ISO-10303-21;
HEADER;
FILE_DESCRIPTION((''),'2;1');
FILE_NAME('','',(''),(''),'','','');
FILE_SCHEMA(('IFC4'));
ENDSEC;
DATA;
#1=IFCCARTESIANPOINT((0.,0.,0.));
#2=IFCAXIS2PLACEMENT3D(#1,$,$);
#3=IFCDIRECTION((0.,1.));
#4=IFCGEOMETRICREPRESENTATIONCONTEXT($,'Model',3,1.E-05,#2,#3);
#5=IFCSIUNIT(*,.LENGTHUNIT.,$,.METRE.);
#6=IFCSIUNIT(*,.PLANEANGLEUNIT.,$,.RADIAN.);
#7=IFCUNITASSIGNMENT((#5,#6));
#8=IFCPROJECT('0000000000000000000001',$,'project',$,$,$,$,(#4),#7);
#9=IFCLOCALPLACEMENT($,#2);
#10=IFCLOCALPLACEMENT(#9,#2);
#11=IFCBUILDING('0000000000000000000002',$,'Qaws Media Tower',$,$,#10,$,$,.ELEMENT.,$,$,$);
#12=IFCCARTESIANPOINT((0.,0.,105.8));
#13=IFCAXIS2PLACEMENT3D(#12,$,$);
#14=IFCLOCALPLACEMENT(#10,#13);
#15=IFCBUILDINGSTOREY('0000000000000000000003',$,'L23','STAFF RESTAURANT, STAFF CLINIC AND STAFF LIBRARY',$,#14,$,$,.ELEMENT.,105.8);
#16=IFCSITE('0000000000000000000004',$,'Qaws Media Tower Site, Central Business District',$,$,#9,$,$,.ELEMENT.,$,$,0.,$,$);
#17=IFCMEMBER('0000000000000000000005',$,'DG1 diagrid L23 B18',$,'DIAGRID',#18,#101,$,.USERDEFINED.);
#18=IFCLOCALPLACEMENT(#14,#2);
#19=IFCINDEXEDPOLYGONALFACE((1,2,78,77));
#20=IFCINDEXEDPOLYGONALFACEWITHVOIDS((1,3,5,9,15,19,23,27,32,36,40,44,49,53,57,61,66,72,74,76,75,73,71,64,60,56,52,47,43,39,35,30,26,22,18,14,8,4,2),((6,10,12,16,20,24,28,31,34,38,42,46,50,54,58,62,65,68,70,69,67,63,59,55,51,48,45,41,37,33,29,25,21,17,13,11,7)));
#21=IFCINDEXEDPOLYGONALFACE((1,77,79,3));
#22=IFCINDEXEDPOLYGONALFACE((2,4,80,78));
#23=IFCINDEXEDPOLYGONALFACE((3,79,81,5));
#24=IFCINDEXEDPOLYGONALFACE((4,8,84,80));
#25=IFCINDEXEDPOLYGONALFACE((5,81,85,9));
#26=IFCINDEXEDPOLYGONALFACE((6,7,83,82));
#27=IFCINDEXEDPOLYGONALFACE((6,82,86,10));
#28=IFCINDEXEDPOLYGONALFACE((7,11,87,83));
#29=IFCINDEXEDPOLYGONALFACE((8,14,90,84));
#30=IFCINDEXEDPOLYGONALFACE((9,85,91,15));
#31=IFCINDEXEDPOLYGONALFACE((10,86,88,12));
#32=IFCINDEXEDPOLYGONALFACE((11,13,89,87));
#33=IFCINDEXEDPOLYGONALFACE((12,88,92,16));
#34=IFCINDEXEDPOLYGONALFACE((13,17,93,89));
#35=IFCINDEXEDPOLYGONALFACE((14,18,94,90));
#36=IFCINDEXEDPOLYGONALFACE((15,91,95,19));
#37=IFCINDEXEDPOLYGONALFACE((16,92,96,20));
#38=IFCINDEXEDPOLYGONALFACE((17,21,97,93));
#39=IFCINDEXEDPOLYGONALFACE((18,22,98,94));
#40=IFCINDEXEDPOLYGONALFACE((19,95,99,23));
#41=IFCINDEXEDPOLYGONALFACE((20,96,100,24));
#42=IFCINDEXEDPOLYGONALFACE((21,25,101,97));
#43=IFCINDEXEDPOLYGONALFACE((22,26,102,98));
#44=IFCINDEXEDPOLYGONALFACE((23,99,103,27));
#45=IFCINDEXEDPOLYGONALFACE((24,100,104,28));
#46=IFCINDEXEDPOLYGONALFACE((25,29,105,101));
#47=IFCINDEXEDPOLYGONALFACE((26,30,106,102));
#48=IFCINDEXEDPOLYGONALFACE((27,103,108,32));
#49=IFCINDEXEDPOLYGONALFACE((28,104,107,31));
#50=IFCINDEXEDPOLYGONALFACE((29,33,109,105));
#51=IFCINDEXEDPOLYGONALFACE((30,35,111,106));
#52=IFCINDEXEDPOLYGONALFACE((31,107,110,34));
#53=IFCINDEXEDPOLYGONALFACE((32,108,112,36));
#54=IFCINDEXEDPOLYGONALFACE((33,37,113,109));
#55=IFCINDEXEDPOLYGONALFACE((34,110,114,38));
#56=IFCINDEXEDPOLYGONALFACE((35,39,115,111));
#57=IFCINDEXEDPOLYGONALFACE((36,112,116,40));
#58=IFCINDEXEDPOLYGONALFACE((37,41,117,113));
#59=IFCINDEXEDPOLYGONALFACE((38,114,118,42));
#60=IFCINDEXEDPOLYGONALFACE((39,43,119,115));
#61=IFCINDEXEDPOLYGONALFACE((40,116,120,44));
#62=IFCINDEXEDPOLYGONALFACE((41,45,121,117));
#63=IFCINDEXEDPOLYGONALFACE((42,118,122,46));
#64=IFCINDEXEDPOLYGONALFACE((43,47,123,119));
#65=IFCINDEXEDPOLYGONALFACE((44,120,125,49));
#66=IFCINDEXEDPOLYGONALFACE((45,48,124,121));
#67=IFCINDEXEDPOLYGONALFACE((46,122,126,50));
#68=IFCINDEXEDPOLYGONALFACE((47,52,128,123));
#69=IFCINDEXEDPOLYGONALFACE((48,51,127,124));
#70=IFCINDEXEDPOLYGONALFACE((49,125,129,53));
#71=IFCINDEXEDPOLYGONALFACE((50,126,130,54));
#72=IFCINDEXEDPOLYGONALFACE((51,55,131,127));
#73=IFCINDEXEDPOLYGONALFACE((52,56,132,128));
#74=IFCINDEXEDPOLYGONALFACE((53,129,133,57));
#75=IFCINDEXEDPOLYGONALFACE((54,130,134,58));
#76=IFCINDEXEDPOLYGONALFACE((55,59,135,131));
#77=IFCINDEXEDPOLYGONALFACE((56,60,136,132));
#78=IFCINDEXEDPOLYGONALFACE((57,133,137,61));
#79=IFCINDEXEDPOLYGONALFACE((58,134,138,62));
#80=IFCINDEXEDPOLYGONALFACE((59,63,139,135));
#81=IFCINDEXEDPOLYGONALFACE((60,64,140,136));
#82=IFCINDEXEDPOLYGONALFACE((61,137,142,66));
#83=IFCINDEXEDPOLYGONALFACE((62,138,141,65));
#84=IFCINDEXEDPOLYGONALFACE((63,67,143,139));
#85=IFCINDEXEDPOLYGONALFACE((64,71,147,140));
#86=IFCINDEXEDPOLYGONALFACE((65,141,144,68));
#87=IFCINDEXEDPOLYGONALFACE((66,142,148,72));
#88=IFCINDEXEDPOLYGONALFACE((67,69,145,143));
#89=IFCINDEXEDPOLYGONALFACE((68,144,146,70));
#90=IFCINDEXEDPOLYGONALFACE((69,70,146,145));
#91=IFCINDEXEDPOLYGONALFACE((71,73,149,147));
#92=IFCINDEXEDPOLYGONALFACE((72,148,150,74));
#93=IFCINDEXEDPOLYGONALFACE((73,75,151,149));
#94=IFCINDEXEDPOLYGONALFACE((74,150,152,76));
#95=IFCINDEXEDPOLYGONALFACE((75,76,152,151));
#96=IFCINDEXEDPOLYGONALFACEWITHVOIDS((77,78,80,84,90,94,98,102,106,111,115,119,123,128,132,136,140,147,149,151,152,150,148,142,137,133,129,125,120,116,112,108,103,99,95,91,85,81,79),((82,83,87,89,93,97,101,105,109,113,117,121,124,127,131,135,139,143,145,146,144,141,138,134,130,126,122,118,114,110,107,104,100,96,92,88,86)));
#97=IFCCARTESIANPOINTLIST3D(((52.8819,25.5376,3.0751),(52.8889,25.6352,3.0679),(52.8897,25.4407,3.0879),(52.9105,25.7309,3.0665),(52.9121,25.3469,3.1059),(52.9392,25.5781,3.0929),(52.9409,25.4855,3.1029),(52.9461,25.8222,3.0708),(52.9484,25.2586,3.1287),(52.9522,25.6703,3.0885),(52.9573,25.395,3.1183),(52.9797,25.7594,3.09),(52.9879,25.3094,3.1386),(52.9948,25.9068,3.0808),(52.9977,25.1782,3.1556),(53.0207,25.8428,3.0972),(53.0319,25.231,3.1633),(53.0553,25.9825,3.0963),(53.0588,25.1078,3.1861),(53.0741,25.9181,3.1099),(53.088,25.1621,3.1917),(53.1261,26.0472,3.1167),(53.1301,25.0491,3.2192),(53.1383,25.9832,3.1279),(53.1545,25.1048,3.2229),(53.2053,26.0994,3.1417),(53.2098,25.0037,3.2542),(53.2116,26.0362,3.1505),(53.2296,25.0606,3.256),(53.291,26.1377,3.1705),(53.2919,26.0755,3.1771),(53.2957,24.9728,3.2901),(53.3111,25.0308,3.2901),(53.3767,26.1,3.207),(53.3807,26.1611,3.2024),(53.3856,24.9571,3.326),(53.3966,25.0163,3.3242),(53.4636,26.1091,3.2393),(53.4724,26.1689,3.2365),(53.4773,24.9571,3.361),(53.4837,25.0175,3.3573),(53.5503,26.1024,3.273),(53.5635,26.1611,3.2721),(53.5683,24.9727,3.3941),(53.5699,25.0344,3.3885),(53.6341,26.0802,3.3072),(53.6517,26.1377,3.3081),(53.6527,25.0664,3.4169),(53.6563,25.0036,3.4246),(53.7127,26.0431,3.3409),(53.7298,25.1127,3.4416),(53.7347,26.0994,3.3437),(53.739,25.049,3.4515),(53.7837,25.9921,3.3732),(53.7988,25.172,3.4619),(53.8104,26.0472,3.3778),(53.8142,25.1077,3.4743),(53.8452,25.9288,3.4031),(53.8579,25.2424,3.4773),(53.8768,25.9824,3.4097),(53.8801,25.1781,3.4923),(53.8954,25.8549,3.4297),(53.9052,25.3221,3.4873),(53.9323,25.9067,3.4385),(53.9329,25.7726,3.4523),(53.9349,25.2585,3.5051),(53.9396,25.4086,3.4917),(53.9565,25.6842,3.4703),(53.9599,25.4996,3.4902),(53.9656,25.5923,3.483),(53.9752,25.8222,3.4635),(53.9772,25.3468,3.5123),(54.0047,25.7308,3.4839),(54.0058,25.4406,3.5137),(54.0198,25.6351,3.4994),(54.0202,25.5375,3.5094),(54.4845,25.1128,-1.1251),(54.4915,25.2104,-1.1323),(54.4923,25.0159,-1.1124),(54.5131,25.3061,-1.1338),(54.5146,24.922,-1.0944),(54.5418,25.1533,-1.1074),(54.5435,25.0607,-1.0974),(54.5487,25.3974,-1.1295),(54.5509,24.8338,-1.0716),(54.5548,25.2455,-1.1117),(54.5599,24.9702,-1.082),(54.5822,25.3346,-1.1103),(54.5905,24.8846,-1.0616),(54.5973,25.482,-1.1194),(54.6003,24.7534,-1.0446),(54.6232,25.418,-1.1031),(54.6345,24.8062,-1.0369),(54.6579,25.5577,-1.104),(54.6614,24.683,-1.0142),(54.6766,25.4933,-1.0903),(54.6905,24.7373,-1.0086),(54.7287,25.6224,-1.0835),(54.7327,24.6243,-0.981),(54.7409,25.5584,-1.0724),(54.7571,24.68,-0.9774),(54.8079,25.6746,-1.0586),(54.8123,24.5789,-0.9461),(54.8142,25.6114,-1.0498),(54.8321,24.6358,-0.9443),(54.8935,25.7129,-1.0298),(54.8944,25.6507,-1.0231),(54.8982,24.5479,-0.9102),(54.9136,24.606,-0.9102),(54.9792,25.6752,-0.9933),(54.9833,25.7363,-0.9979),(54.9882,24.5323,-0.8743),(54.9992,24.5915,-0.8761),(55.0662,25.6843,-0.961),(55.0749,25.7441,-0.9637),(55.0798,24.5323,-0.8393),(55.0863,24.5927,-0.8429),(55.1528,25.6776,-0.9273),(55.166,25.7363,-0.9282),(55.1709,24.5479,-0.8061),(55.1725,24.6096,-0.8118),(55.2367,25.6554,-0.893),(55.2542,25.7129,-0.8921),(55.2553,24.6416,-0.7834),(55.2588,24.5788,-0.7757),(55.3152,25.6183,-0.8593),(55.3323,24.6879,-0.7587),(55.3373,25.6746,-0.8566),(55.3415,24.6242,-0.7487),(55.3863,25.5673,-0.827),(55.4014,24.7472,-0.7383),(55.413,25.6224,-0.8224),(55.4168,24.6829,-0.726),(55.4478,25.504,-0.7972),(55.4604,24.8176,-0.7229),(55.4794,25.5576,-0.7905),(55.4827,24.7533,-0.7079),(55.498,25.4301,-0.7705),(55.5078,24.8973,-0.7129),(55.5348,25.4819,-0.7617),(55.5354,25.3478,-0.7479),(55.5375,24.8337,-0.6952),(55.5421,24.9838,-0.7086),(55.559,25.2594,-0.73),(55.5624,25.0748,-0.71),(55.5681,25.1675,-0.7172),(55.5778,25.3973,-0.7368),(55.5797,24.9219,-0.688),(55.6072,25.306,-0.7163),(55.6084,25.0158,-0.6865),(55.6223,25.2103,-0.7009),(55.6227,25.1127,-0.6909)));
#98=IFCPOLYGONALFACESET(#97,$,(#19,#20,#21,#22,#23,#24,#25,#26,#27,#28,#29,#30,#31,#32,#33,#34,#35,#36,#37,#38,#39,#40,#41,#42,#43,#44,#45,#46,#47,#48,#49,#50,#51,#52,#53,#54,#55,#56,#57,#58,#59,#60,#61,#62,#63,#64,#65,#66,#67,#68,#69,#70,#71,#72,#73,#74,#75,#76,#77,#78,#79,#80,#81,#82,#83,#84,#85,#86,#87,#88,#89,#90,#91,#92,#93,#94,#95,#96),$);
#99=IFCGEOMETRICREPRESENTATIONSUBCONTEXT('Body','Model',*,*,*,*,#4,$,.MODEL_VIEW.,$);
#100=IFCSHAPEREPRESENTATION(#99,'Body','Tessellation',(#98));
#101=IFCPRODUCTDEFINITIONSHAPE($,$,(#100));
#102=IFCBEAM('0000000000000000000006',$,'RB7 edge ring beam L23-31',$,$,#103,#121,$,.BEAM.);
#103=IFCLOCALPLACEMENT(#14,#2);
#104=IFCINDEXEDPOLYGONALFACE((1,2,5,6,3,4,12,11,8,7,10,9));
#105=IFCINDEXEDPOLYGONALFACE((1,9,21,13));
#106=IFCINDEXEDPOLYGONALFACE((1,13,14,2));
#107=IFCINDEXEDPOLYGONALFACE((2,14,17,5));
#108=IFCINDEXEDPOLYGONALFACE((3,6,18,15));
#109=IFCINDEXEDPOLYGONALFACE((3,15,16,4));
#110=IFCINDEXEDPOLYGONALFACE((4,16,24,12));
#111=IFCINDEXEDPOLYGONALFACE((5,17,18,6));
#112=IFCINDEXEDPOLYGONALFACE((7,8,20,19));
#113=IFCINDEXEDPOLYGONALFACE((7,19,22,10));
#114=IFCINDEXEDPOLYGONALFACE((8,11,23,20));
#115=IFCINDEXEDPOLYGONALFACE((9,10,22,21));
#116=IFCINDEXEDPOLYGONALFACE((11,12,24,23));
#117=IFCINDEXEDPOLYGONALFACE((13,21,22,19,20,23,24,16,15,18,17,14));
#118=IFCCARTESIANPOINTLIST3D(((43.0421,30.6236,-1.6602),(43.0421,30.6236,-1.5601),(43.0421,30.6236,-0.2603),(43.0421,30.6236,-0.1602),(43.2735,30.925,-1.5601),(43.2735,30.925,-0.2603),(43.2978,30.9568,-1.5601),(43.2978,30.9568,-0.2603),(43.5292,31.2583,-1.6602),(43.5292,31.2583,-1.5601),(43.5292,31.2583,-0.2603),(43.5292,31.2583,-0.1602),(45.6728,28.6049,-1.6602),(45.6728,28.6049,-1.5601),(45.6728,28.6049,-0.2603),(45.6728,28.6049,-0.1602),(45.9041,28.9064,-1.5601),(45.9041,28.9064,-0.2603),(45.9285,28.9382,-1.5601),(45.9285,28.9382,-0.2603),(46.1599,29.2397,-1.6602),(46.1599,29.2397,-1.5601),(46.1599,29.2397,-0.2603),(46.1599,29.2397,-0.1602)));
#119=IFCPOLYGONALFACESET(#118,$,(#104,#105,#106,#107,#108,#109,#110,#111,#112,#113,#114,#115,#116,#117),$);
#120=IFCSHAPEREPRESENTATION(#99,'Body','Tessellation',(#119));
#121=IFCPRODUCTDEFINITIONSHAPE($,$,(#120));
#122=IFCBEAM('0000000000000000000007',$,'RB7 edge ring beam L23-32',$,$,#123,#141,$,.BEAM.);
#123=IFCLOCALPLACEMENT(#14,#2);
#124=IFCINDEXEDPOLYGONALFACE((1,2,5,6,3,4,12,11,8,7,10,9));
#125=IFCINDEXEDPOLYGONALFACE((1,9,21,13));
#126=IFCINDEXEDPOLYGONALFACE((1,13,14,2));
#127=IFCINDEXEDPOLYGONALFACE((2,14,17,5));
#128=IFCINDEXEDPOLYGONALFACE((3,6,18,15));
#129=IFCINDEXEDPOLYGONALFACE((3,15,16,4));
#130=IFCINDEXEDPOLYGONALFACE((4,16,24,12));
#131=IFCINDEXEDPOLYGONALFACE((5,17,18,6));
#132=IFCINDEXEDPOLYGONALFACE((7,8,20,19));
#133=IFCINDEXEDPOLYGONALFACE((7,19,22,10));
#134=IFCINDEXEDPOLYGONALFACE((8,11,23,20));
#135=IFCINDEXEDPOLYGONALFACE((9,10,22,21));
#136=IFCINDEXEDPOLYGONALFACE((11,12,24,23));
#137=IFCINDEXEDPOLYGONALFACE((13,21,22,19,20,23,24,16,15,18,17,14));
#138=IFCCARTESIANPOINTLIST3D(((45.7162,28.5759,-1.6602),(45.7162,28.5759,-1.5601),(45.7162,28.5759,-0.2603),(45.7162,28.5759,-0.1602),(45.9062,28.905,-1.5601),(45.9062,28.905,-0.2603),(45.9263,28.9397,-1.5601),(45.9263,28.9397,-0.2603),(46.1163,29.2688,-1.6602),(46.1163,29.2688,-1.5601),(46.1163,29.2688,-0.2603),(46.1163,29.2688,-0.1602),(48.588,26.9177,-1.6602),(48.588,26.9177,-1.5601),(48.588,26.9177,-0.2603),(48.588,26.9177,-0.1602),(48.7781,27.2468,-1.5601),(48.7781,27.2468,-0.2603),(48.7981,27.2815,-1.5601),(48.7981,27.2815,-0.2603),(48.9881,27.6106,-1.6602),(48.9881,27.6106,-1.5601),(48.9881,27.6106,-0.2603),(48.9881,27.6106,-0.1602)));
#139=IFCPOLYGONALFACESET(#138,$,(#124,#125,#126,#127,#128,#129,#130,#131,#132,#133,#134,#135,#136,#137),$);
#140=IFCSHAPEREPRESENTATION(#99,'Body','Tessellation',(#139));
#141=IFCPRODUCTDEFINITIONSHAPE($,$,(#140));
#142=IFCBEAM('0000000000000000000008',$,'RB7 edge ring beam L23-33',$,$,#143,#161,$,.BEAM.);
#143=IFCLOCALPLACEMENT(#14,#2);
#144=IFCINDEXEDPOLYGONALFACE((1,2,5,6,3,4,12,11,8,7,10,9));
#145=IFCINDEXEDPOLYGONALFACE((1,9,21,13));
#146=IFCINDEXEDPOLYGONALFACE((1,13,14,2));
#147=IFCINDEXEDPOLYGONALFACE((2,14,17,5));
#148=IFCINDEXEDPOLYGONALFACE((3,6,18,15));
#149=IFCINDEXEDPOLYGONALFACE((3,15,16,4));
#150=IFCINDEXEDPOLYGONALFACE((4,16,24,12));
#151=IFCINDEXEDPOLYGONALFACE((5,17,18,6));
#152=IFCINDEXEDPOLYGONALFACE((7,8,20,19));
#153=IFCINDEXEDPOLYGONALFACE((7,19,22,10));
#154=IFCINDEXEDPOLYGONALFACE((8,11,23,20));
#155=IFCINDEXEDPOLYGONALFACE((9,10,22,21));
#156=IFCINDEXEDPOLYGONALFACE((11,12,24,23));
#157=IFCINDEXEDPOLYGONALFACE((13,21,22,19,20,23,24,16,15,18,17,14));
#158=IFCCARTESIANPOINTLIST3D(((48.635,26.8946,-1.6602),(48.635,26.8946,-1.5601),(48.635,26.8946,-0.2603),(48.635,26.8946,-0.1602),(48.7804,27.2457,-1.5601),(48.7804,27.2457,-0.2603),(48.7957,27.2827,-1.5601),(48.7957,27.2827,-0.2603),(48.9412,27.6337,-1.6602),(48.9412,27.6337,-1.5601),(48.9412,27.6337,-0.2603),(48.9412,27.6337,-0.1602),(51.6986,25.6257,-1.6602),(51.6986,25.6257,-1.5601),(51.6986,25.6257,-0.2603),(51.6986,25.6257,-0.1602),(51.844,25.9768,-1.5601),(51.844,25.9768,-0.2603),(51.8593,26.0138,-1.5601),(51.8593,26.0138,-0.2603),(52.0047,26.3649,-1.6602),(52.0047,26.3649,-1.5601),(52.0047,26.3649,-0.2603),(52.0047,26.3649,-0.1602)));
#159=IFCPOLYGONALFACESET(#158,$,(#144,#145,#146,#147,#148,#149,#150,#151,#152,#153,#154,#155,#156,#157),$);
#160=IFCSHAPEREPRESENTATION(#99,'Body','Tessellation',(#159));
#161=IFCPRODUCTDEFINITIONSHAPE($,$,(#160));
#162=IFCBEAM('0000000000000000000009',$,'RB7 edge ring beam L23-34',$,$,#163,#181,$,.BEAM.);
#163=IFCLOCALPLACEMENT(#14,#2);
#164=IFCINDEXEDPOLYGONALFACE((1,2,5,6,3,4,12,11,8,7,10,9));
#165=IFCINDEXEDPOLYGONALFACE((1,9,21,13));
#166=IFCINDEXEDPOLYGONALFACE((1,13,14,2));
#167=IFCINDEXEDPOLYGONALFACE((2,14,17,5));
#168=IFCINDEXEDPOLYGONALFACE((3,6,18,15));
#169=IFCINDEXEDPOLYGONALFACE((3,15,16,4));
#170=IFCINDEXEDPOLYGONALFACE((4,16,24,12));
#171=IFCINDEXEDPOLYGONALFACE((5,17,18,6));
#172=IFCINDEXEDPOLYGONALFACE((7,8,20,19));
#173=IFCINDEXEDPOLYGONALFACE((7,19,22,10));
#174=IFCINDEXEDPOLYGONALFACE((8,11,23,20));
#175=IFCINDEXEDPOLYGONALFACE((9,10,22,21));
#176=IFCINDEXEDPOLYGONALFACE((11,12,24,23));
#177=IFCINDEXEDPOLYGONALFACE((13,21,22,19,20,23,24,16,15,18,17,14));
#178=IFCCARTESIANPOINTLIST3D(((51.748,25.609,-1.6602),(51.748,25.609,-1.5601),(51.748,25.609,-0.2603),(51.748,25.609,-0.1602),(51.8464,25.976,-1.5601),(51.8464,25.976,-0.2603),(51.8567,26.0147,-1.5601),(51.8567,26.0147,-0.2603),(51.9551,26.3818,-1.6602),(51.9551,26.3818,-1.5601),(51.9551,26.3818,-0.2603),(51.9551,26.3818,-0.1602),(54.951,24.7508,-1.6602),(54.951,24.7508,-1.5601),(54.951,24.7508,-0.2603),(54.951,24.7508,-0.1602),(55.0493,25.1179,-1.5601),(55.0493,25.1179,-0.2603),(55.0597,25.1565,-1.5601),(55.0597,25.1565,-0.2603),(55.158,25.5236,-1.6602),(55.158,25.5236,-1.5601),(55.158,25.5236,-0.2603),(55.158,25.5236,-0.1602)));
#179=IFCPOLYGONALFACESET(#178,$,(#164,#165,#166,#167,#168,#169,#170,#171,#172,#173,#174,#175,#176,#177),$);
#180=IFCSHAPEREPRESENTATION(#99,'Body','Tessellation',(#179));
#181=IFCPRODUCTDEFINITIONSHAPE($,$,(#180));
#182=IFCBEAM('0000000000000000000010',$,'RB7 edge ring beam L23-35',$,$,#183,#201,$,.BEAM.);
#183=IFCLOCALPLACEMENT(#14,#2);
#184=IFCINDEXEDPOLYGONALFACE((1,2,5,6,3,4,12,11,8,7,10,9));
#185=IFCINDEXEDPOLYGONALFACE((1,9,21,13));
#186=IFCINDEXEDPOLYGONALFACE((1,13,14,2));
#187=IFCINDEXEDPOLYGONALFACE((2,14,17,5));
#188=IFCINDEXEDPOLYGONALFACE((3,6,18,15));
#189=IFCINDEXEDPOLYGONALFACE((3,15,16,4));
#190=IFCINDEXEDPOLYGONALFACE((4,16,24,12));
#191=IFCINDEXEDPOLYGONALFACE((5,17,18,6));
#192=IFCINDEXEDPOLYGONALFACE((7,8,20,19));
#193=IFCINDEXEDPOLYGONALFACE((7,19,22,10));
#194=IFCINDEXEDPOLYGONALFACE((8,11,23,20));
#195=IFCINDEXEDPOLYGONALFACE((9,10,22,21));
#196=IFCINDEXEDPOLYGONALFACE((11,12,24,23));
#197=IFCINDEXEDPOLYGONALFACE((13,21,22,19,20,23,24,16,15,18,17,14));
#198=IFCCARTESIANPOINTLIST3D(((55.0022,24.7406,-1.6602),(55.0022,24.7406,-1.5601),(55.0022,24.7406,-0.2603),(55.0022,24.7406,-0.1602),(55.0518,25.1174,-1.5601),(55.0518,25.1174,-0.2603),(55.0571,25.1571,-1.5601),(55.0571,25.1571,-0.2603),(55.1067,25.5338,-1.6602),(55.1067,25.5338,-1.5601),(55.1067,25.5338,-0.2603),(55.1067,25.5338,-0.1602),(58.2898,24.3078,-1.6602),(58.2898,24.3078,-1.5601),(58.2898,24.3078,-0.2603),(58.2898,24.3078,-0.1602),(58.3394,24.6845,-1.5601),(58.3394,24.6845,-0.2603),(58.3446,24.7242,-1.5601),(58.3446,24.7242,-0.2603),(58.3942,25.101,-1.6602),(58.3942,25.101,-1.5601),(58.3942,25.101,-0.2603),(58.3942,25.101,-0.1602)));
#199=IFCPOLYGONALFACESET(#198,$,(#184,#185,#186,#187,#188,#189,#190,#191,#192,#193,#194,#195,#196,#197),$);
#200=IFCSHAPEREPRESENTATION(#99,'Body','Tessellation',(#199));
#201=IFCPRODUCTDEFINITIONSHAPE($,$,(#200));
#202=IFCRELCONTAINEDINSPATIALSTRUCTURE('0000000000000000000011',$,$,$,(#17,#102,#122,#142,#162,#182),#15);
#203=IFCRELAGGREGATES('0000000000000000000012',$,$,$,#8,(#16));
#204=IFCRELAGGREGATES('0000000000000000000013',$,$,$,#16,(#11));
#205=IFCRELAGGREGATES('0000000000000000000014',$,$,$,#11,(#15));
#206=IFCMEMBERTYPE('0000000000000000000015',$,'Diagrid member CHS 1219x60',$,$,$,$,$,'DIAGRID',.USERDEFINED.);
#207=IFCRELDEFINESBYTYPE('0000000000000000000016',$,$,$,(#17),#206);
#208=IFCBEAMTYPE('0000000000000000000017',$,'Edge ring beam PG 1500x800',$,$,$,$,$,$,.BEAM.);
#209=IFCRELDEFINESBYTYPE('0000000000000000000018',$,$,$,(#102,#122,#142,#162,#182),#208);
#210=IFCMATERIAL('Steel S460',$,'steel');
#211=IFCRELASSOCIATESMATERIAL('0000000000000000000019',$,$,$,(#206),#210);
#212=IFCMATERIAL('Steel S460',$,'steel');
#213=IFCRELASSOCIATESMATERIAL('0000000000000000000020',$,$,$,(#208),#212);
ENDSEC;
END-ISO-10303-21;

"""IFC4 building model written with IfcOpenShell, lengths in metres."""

from ifc_helpers import new_model, si_unit, direction, frame, origin, origin_2d, place, context, subcontext, project, spatial, hollow_circle, i_section, extrude, material, material_profile, profile_set, type_object, element, save


model = new_model("IFC4")

# Units and contexts
model_context = context("Model", 3, precision=1e-05, world=origin(), true_north=direction((0.0, 1.0)))
body_context = subcontext(model_context, "Body", "Model", "MODEL_VIEW")
ifc_project = project(units=[si_unit("LENGTHUNIT", "METRE"), si_unit("PLANEANGLEUNIT", "RADIAN")], contexts=[model_context])

# Site, building, storey
site_placement = place(None, origin())
site = spatial("IfcSite", under=ifc_project, at=site_placement, Name="Qaws Media Tower Site, Central Business District", CompositionType="ELEMENT", RefElevation=0.0)
building_placement = place(site_placement, origin())
building = spatial("IfcBuilding", under=site, at=building_placement, Name="Qaws Media Tower", CompositionType="ELEMENT")
storey_placement = place(building_placement, frame((0.0, 0.0, 105.8)))
storey = spatial("IfcBuildingStorey", under=building, at=storey_placement, Name="L23", Description="STAFF RESTAURANT, STAFF CLINIC AND STAFF LIBRARY", CompositionType="ELEMENT", Elevation=105.8)

# Member
ifc_material_1 = material(Name="Steel S460", Category="steel")
ifc_material_profile_1 = material_profile(ifc_material_1, hollow_circle(Radius=0.6096, WallThickness=0.0601, at=origin_2d()), Name="CHS 1219x60")
ifc_profile_set_1 = profile_set([ifc_material_profile_1], Name="Steel S460")
member_type_1 = type_object("IfcMemberType", Name="Diagrid member CHS 1219x60", ElementType="DIAGRID", PredefinedType="USERDEFINED", material=ifc_profile_set_1)
for number, where, z_axis, x_axis, name in (
    (1, (55.0544, 25.1372, -0.9102), (-0.354893, 0.094076, 0.930162), (-0.256233, -0.966615, 0.0), "DG1 diagrid L23 B18"),
):
    element("IfcMember", number, at=place(storey_placement, frame(where, z_axis=z_axis, x_axis=x_axis)), inside=storey, type_object=member_type_1, Name=name, ObjectType="DIAGRID", PredefinedType="USERDEFINED", context=body_context, shape_type="SweptSolid", body=[
        extrude(hollow_circle(Radius=0.6096, WallThickness=0.0601, at=origin_2d()), origin(), (0.0, 0.0, 1.0), 4.5156),
    ])

# Beams
ifc_material_2 = material(Name="Steel S460", Category="steel")
ifc_material_profile_2 = material_profile(ifc_material_2, i_section(OverallWidth=0.8, OverallDepth=1.5, WebThickness=0.04, FlangeThickness=0.1001, at=origin_2d()), Name="PG 1500x800")
ifc_profile_set_2 = profile_set([ifc_material_profile_2], Name="Steel S460")
beam_type = type_object("IfcBeamType", Name="Edge ring beam PG 1500x800", PredefinedType="BEAM", material=ifc_profile_set_2)
beam_1_placement = place(storey_placement, frame((43.2856, 30.9409, -0.9102), z_axis=(0.793352, -0.608764, 0.0), x_axis=(0.608764, 0.793352, 0.0)))
element("IfcBeam", 2, at=beam_1_placement, inside=storey, type_object=beam_type, Name="RB7 edge ring beam L23-31", PredefinedType="BEAM", context=body_context, shape_type="SweptSolid", body=[
    extrude(i_section(OverallWidth=0.8, OverallDepth=1.5, WebThickness=0.04, FlangeThickness=0.1001, at=origin_2d()), origin(), (0.0, 0.0, 1.0), 3.3159),
])
beam_2_placement = place(storey_placement, frame((45.9163, 28.9224, -0.9102), z_axis=(0.866005, -0.500035, 0.0), x_axis=(0.500035, 0.866005, 0.0)))
element("IfcBeam", 3, at=beam_2_placement, inside=storey, type_object=beam_type, Name="RB7 edge ring beam L23-32", PredefinedType="BEAM", context=body_context, shape_type="SweptSolid", body=[
    extrude(i_section(OverallWidth=0.8, OverallDepth=1.5, WebThickness=0.04, FlangeThickness=0.1001, at=origin_2d()), origin(), (0.0, 0.0, 1.0), 3.3162),
])
for number, where, z_axis, x_axis, name in (
    (4, (48.7881, 27.2642, -0.9102), (0.923894, -0.382649, 0.0), (0.382649, 0.923894, 0.0), "RB7 edge ring beam L23-33"),
    (5, (51.8516, 25.9954, -0.9102), (0.96593, -0.258804, 0.0), (0.258804, 0.96593, 0.0), "RB7 edge ring beam L23-34"),
    (6, (55.0544, 25.1372, -0.9102), (0.991443, -0.130538, 0.0), (0.130538, 0.991443, 0.0), "RB7 edge ring beam L23-35"),
):
    element("IfcBeam", number, at=place(storey_placement, frame(where, z_axis=z_axis, x_axis=x_axis)), inside=storey, type_object=beam_type, Name=name, PredefinedType="BEAM", context=body_context, shape_type="SweptSolid", body=[
        extrude(i_section(OverallWidth=0.8, OverallDepth=1.5, WebThickness=0.04, FlangeThickness=0.1001, at=origin_2d()), origin(), (0.0, 0.0, 1.0), 3.3159),
    ])

save(model, "model.ifc")
